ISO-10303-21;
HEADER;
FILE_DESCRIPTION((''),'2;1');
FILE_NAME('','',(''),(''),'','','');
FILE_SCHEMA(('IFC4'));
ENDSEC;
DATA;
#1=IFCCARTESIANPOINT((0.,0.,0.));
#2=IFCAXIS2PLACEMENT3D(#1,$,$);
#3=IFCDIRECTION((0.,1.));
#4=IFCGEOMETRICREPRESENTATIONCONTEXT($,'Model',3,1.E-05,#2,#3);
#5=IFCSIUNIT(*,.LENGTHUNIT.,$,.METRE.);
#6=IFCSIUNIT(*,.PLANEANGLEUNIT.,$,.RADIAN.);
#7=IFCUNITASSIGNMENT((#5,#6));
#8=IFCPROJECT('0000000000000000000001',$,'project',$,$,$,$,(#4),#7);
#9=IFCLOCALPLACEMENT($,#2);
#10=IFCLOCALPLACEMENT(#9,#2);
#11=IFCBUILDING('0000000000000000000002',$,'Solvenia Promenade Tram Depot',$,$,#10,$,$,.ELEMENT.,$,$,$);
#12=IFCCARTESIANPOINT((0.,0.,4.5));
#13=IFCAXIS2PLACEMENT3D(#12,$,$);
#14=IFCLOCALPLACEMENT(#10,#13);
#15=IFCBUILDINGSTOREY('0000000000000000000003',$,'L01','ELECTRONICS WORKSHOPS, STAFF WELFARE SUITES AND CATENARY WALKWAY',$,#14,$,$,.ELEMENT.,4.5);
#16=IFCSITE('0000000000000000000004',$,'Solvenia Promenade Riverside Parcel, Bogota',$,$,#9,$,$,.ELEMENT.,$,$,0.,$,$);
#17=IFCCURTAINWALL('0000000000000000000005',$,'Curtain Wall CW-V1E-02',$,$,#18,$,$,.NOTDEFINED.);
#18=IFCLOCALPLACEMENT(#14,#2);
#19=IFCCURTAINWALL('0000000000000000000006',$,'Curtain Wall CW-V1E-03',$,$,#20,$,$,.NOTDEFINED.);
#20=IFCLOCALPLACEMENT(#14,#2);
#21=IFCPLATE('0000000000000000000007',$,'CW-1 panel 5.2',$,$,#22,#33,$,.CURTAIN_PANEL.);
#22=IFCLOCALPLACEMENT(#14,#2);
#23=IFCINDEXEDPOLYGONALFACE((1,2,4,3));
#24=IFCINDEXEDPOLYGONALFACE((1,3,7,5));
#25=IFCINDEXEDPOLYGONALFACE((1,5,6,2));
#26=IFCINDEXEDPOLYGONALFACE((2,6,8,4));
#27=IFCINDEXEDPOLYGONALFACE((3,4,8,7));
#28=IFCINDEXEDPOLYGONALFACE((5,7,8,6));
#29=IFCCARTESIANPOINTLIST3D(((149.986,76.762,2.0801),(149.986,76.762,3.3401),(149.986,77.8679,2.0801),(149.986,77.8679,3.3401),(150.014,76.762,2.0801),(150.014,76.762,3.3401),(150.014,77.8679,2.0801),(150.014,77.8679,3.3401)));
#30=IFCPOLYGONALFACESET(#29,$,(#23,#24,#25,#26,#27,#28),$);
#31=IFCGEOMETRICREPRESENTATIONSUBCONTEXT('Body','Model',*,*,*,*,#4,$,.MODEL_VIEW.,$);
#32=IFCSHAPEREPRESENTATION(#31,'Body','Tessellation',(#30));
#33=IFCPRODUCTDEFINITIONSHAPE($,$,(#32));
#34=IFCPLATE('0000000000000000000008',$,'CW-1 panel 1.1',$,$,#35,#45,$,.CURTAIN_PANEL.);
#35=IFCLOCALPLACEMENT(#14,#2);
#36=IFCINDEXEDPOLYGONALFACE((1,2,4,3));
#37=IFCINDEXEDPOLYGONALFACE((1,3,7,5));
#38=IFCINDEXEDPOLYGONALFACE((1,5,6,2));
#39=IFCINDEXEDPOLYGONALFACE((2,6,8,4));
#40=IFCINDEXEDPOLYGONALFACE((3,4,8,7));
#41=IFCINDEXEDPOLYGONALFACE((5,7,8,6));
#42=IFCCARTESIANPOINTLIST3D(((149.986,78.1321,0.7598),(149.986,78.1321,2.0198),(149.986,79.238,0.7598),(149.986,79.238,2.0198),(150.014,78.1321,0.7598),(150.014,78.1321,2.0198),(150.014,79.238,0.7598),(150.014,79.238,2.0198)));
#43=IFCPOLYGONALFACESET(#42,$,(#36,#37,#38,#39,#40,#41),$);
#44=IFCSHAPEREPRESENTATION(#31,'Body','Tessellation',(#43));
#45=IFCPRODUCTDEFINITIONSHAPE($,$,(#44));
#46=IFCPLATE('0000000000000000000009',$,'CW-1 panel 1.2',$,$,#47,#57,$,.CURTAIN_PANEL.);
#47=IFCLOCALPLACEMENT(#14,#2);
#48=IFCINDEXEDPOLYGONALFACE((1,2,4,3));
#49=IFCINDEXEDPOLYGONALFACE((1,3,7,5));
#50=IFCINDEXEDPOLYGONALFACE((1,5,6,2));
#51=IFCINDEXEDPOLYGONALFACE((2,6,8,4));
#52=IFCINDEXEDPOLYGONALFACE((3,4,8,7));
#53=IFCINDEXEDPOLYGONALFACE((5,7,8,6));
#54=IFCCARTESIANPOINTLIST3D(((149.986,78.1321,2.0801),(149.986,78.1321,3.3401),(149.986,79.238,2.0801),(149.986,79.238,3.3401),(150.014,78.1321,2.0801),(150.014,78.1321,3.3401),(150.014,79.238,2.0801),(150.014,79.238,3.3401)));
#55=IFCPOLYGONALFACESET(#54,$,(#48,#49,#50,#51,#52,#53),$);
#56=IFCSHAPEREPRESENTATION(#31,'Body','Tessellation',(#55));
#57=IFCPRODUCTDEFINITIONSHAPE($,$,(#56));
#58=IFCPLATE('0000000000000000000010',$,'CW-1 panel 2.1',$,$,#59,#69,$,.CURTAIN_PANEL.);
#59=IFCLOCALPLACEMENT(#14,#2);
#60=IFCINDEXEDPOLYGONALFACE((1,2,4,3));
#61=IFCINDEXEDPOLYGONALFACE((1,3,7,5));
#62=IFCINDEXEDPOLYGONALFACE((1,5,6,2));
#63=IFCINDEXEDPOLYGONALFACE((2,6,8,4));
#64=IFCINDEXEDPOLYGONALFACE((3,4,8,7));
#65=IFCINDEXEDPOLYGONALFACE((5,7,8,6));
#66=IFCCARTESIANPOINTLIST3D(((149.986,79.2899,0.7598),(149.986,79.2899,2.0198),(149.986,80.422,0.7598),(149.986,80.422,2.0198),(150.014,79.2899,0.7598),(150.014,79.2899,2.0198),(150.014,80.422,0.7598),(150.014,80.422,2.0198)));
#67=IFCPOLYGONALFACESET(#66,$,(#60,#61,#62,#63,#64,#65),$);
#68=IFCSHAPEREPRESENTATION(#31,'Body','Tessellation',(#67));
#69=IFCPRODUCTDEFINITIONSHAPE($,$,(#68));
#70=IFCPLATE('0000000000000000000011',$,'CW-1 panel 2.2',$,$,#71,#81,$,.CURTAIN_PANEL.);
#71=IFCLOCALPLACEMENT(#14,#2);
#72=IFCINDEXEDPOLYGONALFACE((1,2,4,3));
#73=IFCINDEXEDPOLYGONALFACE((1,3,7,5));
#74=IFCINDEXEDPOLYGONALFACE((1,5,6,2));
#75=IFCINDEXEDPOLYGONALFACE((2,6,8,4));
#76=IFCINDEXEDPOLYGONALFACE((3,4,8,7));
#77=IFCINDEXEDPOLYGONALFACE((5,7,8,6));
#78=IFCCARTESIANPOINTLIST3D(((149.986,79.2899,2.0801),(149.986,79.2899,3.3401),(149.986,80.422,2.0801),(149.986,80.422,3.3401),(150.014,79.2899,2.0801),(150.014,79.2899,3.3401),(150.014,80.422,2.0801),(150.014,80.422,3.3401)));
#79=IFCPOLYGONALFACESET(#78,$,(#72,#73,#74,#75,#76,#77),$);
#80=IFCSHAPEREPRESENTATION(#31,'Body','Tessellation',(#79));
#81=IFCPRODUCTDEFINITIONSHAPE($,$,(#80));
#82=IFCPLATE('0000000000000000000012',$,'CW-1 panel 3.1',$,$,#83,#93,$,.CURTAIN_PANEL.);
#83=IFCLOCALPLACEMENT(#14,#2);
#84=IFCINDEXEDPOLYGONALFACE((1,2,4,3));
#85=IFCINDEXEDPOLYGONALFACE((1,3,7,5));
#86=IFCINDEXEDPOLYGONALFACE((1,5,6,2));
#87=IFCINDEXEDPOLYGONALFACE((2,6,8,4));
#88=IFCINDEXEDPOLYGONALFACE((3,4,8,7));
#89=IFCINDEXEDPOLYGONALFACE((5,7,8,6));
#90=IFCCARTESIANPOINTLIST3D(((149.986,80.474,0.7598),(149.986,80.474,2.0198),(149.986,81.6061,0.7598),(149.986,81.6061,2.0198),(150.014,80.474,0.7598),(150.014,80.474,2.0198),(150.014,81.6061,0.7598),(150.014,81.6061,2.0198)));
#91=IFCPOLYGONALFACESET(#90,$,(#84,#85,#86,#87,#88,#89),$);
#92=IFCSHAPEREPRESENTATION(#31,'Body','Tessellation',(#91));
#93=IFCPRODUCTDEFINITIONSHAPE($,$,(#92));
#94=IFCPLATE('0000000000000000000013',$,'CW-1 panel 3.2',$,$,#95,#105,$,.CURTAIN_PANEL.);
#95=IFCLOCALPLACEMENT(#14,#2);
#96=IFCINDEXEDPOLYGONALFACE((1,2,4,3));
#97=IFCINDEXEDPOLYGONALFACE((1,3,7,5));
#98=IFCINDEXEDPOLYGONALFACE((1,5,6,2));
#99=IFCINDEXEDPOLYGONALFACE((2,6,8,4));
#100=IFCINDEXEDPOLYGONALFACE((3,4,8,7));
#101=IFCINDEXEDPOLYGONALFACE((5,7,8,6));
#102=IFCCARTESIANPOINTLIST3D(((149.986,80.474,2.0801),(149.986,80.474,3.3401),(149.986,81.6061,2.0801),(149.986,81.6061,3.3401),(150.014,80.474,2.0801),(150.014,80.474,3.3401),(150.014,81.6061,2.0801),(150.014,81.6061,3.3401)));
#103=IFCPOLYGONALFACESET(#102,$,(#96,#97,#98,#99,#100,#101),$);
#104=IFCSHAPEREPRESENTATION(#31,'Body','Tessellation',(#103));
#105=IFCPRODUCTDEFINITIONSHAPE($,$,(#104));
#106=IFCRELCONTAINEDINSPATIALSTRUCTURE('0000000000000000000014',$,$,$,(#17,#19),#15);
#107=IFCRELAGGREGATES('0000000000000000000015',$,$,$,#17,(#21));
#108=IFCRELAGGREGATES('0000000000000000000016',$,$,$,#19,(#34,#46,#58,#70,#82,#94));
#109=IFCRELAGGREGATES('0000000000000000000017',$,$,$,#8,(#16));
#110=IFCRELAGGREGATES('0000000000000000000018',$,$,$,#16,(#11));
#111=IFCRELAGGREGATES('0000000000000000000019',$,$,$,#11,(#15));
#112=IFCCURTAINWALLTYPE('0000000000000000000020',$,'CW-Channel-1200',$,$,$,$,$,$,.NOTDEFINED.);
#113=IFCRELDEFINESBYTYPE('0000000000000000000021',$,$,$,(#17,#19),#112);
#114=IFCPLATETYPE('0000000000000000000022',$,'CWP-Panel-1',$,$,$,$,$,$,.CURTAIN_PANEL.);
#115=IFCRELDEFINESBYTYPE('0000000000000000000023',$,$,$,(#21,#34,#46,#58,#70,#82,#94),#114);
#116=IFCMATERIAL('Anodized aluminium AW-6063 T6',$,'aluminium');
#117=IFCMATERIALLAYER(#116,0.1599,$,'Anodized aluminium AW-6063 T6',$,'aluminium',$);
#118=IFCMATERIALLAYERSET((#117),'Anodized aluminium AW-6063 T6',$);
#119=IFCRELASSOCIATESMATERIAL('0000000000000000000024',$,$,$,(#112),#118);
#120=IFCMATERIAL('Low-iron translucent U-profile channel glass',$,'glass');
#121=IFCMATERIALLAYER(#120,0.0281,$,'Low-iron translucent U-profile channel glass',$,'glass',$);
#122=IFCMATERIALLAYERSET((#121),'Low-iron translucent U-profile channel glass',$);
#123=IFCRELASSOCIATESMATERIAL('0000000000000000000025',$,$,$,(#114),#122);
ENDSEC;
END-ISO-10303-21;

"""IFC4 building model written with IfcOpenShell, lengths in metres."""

from ifc_helpers import new_model, si_unit, direction, frame, origin, origin_2d, place, context, subcontext, project, spatial, rectangle, extrude, material, layer, layer_set, type_object, element, aggregate, save


model = new_model("IFC4")

# Units and contexts
model_context = context("Model", 3, precision=1e-05, world=origin(), true_north=direction((0.0, 1.0)))
body_context = subcontext(model_context, "Body", "Model", "MODEL_VIEW")
ifc_project = project(units=[si_unit("LENGTHUNIT", "METRE"), si_unit("PLANEANGLEUNIT", "RADIAN")], contexts=[model_context])

# Site, building, storey
site_placement = place(None, origin())
site = spatial("IfcSite", under=ifc_project, at=site_placement, Name="Solvenia Promenade Riverside Parcel, Bogota", CompositionType="ELEMENT", RefElevation=0.0)
building_placement = place(site_placement, origin())
building = spatial("IfcBuilding", under=site, at=building_placement, Name="Solvenia Promenade Tram Depot", CompositionType="ELEMENT")
storey_placement = place(building_placement, frame((0.0, 0.0, 4.5)))
storey = spatial("IfcBuildingStorey", under=building, at=storey_placement, Name="L01", Description="ELECTRONICS WORKSHOPS, STAFF WELFARE SUITES AND CATENARY WALKWAY", CompositionType="ELEMENT", Elevation=4.5)

# Curtain wall
ifc_material_1 = material(Name="Anodized aluminium AW-6063 T6", Category="aluminium")
ifc_layer_1 = layer(ifc_material_1, 0.1599, Name="Anodized aluminium AW-6063 T6", Category="aluminium")
ifc_layer_set_1 = layer_set([ifc_layer_1], Name="Anodized aluminium AW-6063 T6")
curtain_wall_type = type_object("IfcCurtainWallType", Name="CW-Channel-1200", PredefinedType="NOTDEFINED", material=ifc_layer_set_1)
curtain_wall_1_placement = place(storey_placement, origin())
curtain_wall_1 = element("IfcCurtainWall", 1, at=curtain_wall_1_placement, inside=storey, type_object=curtain_wall_type, Name="Curtain Wall CW-V1E-02", PredefinedType="NOTDEFINED")

# Curtain wall
curtain_wall_2_placement = place(storey_placement, origin())
curtain_wall_2 = element("IfcCurtainWall", 2, at=curtain_wall_2_placement, inside=storey, type_object=curtain_wall_type, Name="Curtain Wall CW-V1E-03", PredefinedType="NOTDEFINED")

# Plates
ifc_material_2 = material(Name="Low-iron translucent U-profile channel glass", Category="glass")
ifc_layer_2 = layer(ifc_material_2, 0.0281, Name="Low-iron translucent U-profile channel glass", Category="glass")
ifc_layer_set_2 = layer_set([ifc_layer_2], Name="Low-iron translucent U-profile channel glass")
plate_type = type_object("IfcPlateType", Name="CWP-Panel-1", PredefinedType="CURTAIN_PANEL", material=ifc_layer_set_2)
plate_1_placement = place(storey_placement, frame((150.0, 77.3149, 2.0801), z_axis=(0.0, 0.0, 1.0), x_axis=(0.0, 1.0, 0.0)))
plate_1 = element("IfcPlate", 3, at=plate_1_placement, type_object=plate_type, Name="CW-1 panel 5.2", PredefinedType="CURTAIN_PANEL", context=body_context, shape_type="SweptSolid", body=[
    extrude(rectangle(XDim=1.106, YDim=0.0281, at=origin_2d()), origin(), (0.0, 0.0, 1.0), 1.26),
])
aggregate(curtain_wall_1, [plate_1])
plate_2_placement = place(storey_placement, frame((150.0, 78.6851, 0.7598), z_axis=(0.0, 0.0, 1.0), x_axis=(0.0, 1.0, 0.0)))
plate_2 = element("IfcPlate", 4, at=plate_2_placement, type_object=plate_type, Name="CW-1 panel 1.1", PredefinedType="CURTAIN_PANEL", context=body_context, shape_type="SweptSolid", body=[
    extrude(rectangle(XDim=1.106, YDim=0.0281, at=origin_2d()), origin(), (0.0, 0.0, 1.0), 1.26),
])
plate_3_placement = place(storey_placement, frame((150.0, 78.6851, 2.0801), z_axis=(0.0, 0.0, 1.0), x_axis=(0.0, 1.0, 0.0)))
plate_3 = element("IfcPlate", 5, at=plate_3_placement, type_object=plate_type, Name="CW-1 panel 1.2", PredefinedType="CURTAIN_PANEL", context=body_context, shape_type="SweptSolid", body=[
    extrude(rectangle(XDim=1.106, YDim=0.0281, at=origin_2d()), origin(), (0.0, 0.0, 1.0), 1.26),
])
plate_4_placement = place(storey_placement, frame((150.0, 79.856, 0.7598), z_axis=(0.0, 0.0, 1.0), x_axis=(0.0, 1.0, 0.0)))
plate_4 = element("IfcPlate", 6, at=plate_4_placement, type_object=plate_type, Name="CW-1 panel 2.1", PredefinedType="CURTAIN_PANEL", context=body_context, shape_type="SweptSolid", body=[
    extrude(rectangle(XDim=1.1321, YDim=0.0281, at=origin_2d()), origin(), (0.0, 0.0, 1.0), 1.26),
])
plate_5_placement = place(storey_placement, frame((150.0, 79.856, 2.0801), z_axis=(0.0, 0.0, 1.0), x_axis=(0.0, 1.0, 0.0)))
plate_5 = element("IfcPlate", 7, at=plate_5_placement, type_object=plate_type, Name="CW-1 panel 2.2", PredefinedType="CURTAIN_PANEL", context=body_context, shape_type="SweptSolid", body=[
    extrude(rectangle(XDim=1.1321, YDim=0.0281, at=origin_2d()), origin(), (0.0, 0.0, 1.0), 1.26),
])
plate_6_placement = place(storey_placement, frame((150.0, 81.04, 0.7598), z_axis=(0.0, 0.0, 1.0), x_axis=(0.0, 1.0, 0.0)))
plate_6 = element("IfcPlate", 8, at=plate_6_placement, type_object=plate_type, Name="CW-1 panel 3.1", PredefinedType="CURTAIN_PANEL", context=body_context, shape_type="SweptSolid", body=[
    extrude(rectangle(XDim=1.1321, YDim=0.0281, at=origin_2d()), origin(), (0.0, 0.0, 1.0), 1.26),
])
plate_7_placement = place(storey_placement, frame((150.0, 81.04, 2.0801), z_axis=(0.0, 0.0, 1.0), x_axis=(0.0, 1.0, 0.0)))
plate_7 = element("IfcPlate", 9, at=plate_7_placement, type_object=plate_type, Name="CW-1 panel 3.2", PredefinedType="CURTAIN_PANEL", context=body_context, shape_type="SweptSolid", body=[
    extrude(rectangle(XDim=1.1321, YDim=0.0281, at=origin_2d()), origin(), (0.0, 0.0, 1.0), 1.26),
])
aggregate(curtain_wall_2, [plate_2, plate_3, plate_4, plate_5, plate_6, plate_7])

save(model, "model.ifc")
